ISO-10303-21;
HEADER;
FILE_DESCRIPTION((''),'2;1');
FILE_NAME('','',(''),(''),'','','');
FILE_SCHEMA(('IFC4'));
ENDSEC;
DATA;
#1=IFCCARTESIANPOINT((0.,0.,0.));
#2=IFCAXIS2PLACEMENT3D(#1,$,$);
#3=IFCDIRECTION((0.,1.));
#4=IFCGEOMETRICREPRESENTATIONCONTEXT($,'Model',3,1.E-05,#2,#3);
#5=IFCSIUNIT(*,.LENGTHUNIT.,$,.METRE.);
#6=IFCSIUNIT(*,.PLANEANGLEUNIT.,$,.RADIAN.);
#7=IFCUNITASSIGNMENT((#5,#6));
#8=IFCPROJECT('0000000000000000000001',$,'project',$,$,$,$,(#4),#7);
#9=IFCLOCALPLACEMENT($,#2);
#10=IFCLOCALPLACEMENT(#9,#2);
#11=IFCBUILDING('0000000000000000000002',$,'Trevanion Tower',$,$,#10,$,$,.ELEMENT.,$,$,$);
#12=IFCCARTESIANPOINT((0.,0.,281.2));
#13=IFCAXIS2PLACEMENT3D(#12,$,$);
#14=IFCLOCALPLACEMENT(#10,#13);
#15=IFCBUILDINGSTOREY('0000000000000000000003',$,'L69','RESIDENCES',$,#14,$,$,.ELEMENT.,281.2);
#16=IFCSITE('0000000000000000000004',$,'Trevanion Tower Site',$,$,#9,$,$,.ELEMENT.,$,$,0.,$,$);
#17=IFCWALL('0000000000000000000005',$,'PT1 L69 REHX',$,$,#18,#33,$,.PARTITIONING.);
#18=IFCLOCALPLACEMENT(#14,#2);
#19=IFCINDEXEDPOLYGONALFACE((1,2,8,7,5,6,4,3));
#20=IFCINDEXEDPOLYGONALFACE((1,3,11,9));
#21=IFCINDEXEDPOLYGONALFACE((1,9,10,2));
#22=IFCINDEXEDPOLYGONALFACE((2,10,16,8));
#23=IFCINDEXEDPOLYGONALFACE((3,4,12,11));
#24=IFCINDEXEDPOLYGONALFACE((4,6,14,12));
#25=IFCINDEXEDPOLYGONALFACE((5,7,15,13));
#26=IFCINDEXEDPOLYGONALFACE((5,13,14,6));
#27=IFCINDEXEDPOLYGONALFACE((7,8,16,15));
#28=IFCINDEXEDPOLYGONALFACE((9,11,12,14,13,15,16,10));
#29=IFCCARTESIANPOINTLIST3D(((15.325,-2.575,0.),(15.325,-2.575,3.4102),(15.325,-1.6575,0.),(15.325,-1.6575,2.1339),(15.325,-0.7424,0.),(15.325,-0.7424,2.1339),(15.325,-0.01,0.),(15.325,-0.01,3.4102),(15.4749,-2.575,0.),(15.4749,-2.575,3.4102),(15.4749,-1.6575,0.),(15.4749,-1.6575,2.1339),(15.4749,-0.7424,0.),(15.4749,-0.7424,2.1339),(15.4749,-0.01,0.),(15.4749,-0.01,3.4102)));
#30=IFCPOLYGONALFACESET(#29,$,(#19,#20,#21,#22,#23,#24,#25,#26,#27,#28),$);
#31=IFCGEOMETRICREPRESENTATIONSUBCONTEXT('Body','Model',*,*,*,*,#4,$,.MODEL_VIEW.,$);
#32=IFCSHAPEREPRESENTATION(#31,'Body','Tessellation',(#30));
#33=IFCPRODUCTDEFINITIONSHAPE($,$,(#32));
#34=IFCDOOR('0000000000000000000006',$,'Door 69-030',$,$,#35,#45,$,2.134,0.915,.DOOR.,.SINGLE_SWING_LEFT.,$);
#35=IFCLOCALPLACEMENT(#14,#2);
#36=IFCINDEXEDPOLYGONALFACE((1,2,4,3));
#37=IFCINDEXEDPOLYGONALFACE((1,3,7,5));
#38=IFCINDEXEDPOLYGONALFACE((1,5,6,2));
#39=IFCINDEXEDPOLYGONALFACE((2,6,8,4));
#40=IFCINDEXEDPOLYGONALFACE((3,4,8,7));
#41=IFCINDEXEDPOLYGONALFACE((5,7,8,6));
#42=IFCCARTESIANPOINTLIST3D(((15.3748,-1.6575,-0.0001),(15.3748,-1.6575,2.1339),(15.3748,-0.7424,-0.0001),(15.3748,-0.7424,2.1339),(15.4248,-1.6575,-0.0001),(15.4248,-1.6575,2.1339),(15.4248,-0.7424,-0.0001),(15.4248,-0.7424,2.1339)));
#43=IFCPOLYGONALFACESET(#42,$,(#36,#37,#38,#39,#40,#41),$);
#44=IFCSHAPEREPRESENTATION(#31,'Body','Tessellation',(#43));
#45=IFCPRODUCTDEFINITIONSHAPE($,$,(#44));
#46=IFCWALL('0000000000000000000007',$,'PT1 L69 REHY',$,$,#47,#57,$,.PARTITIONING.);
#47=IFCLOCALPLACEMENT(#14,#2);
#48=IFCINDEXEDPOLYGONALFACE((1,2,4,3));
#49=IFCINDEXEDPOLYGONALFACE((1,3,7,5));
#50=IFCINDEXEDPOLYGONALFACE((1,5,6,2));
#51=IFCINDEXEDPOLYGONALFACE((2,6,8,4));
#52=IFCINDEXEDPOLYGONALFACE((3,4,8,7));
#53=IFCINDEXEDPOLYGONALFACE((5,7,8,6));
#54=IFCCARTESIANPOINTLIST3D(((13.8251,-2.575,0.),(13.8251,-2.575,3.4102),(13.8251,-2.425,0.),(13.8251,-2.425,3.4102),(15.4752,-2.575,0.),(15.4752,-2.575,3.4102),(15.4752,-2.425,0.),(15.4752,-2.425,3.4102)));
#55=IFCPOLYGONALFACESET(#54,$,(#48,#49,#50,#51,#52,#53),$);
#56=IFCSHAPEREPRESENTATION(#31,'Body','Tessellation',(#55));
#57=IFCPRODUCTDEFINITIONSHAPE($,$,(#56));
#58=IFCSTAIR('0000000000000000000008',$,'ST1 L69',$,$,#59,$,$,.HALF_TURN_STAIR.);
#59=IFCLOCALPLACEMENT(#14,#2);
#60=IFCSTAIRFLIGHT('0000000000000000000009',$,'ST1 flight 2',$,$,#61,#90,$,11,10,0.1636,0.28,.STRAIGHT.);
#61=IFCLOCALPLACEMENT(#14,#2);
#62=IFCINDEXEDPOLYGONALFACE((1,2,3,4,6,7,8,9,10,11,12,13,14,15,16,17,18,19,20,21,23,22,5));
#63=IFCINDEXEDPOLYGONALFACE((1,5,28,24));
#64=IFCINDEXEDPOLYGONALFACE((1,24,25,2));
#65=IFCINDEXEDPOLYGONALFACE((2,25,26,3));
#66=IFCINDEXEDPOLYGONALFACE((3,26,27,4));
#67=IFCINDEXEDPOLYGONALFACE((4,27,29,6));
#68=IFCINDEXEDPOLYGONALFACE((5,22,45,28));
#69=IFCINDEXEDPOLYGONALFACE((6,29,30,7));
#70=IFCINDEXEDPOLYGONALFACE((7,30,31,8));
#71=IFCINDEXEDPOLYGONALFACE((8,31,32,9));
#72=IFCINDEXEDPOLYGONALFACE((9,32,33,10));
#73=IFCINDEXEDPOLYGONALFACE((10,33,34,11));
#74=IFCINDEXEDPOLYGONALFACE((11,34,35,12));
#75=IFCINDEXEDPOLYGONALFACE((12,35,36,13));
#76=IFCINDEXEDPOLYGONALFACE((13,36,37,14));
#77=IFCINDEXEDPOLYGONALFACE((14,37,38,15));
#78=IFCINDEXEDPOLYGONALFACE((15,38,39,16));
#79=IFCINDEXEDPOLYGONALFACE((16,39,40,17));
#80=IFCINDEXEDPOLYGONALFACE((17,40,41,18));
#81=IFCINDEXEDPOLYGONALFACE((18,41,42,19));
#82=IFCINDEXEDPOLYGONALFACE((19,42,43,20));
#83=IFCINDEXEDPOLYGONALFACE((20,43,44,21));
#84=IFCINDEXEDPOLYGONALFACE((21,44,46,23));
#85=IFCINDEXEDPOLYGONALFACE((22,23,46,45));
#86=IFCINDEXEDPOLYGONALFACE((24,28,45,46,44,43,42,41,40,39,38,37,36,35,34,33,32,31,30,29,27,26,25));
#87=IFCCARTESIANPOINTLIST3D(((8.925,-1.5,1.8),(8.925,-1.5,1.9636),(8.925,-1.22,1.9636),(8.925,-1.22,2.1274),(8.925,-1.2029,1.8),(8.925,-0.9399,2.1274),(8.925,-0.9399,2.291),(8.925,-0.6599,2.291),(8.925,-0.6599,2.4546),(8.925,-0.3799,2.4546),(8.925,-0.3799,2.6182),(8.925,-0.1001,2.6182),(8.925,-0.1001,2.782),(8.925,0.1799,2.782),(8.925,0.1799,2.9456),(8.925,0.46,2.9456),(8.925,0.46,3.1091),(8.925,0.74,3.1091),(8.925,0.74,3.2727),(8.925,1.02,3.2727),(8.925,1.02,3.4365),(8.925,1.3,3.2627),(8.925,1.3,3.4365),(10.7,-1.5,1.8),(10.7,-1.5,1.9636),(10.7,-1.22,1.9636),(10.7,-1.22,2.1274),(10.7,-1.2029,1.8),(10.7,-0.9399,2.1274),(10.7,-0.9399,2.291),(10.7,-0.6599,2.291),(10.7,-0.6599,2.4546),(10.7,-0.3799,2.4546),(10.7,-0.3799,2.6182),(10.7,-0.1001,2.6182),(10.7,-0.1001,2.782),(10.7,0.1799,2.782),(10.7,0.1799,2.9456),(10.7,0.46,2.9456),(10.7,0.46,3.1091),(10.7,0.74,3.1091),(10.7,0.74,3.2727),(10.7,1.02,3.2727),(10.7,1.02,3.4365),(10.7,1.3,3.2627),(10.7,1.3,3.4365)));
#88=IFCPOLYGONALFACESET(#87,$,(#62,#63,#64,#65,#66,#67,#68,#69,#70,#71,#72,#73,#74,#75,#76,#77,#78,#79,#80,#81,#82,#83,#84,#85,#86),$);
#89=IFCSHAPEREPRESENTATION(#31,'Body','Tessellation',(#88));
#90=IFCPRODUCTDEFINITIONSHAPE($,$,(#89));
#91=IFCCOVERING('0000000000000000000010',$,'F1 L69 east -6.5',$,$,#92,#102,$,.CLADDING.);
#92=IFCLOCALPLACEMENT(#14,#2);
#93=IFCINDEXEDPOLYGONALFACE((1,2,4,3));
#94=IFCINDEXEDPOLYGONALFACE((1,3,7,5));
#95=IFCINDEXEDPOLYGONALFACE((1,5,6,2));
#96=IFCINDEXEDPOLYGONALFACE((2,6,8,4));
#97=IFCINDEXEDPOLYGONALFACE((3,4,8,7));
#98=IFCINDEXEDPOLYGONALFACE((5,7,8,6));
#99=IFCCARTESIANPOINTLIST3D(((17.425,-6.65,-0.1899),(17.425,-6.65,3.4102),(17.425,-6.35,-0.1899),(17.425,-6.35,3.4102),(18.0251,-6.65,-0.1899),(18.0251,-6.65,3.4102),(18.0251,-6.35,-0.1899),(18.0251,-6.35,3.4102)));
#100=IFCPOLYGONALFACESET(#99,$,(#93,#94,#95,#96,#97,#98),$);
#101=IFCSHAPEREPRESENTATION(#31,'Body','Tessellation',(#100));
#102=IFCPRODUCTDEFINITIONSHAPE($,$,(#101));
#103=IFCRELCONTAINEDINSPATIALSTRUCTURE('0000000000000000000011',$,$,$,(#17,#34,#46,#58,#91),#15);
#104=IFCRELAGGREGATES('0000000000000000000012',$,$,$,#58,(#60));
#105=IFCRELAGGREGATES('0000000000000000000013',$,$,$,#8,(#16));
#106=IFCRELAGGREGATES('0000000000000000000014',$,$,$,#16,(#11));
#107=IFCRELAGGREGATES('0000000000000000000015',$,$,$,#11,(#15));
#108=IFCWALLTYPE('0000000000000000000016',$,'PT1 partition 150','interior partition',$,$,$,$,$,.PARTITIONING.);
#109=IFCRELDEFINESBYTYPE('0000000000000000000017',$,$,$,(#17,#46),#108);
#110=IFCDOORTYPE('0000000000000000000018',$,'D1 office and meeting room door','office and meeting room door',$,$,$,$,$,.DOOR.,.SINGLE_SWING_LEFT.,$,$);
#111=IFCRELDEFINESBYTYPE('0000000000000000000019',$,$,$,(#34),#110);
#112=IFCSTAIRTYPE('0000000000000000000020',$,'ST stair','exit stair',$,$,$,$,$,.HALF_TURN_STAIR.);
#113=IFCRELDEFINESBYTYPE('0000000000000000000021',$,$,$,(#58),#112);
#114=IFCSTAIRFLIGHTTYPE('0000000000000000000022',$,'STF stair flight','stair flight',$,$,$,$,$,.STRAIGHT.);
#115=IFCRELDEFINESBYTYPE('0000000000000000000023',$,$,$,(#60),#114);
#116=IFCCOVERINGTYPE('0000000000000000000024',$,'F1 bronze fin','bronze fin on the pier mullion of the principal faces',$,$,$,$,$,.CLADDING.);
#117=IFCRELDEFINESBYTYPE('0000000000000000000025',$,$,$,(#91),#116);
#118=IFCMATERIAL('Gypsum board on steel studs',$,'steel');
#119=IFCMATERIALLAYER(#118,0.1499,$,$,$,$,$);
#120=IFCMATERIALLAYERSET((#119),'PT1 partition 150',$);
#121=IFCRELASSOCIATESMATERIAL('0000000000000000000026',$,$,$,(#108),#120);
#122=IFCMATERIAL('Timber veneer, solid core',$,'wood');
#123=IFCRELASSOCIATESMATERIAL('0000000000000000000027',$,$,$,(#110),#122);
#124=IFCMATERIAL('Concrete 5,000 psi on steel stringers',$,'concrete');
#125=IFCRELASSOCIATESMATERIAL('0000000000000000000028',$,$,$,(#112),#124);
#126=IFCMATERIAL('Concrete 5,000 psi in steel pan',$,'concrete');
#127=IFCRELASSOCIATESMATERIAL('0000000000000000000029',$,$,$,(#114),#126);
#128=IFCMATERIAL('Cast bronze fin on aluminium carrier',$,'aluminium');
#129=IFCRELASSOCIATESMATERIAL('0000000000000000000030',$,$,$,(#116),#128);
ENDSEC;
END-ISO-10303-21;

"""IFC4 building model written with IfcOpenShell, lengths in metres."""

from ifc_helpers import new_model, si_unit, direction, frame, frame_2d, origin, origin_2d, place, context, subcontext, project, spatial, polyline, rectangle, outline, extrude, material, layer, layer_set, type_object, element, fill, aggregate, save


model = new_model("IFC4")

# Units and contexts
model_context = context("Model", 3, precision=1e-05, world=origin(), true_north=direction((0.0, 1.0)))
body_context = subcontext(model_context, "Body", "Model", "MODEL_VIEW")
ifc_project = project(units=[si_unit("LENGTHUNIT", "METRE"), si_unit("PLANEANGLEUNIT", "RADIAN")], contexts=[model_context])

# Site, building, storey
site_placement = place(None, origin())
site = spatial("IfcSite", under=ifc_project, at=site_placement, Name="Trevanion Tower Site", CompositionType="ELEMENT", RefElevation=0.0)
building_placement = place(site_placement, origin())
building = spatial("IfcBuilding", under=site, at=building_placement, Name="Trevanion Tower", CompositionType="ELEMENT")
storey_placement = place(building_placement, frame((0.0, 0.0, 281.2)))
storey = spatial("IfcBuildingStorey", under=building, at=storey_placement, Name="L69", Description="RESIDENCES", CompositionType="ELEMENT", Elevation=281.2)

# Shared definitions
ifc_material_1 = material(Name="Gypsum board on steel studs", Category="steel")
ifc_layer_1 = layer(ifc_material_1, 0.1499)
ifc_layer_set_1 = layer_set([ifc_layer_1], Name="PT1 partition 150")
wall_type = type_object("IfcWallType", Name="PT1 partition 150", Description="interior partition", PredefinedType="PARTITIONING", material=ifc_layer_set_1)
ifc_material_2 = material(Name="Timber veneer, solid core", Category="wood")
door_type_1 = type_object("IfcDoorType", Name="D1 office and meeting room door", Description="office and meeting room door", OperationType="SINGLE_SWING_LEFT", PredefinedType="DOOR", material=ifc_material_2)

# Wall, opening, door
wall_1_placement = place(storey_placement, frame((15.3999, -0.01, 0.0), z_axis=(0.0, 0.0, 1.0), x_axis=(0.0, -1.0, 0.0)))
wall_1 = element("IfcWall", 1, at=wall_1_placement, inside=storey, type_object=wall_type, Name="PT1 L69 REHX", PredefinedType="PARTITIONING", context=body_context, shape_type="SweptSolid", body=[
    extrude(rectangle(XDim=2.5649, YDim=0.1499, at=frame_2d((1.2825, 0.0))), origin(), (0.0, 0.0, 1.0), 3.4102),
])
opening_1_placement = place(wall_1_placement, frame((0.7324, 0.0, 0.0)))
opening_1 = element("IfcOpeningElement", 2, at=opening_1_placement, cuts=wall_1, PredefinedType="OPENING", context=body_context, shape_type="SweptSolid", body=[
    extrude(rectangle(XDim=0.915, YDim=2.134, at=frame_2d((0.4575, 1.0669))), frame((0.0, 0.085, 0.0), z_axis=(0.0, -1.0, 0.0), x_axis=(1.0, 0.0, 0.0)), (0.0, 0.0, 1.0), 0.1699),
])
door_1_placement = place(opening_1_placement, origin())
door_1 = element("IfcDoor", 3, at=door_1_placement, inside=storey, type_object=door_type_1, Name="Door 69-030", OperationType="SINGLE_SWING_LEFT", OverallHeight=2.134, OverallWidth=0.915, PredefinedType="DOOR", context=body_context, shape_type="SweptSolid", body=[
    extrude(rectangle(XDim=0.915, YDim=2.134, at=frame_2d((0.4575, 1.0669))), frame((0.0, 0.0249, 0.0), z_axis=(0.0, -1.0, 0.0), x_axis=(1.0, 0.0, 0.0)), (0.0, 0.0, 1.0), 0.05),
])
fill(opening_1, door_1)

# Wall
wall_2_placement = place(storey_placement, frame((13.825, -2.5, 0.0), z_axis=(0.0, 0.0, 1.0), x_axis=(1.0, 0.0, 0.0)))
element("IfcWall", 4, at=wall_2_placement, inside=storey, type_object=wall_type, Name="PT1 L69 REHY", PredefinedType="PARTITIONING", context=body_context, shape_type="SweptSolid", body=[
    extrude(rectangle(XDim=1.6501, YDim=0.1499, at=frame_2d((0.8252, 0.0))), origin(), (0.0, 0.0, 1.0), 3.4102),
])

# Stair, stair flight
ifc_material_3 = material(Name="Concrete 5,000 psi on steel stringers", Category="concrete")
stair_type = type_object("IfcStairType", Name="ST stair", Description="exit stair", PredefinedType="HALF_TURN_STAIR", material=ifc_material_3)
stair_placement = place(storey_placement, origin())
stair = element("IfcStair", 5, at=stair_placement, inside=storey, type_object=stair_type, Name="ST1 L69", PredefinedType="HALF_TURN_STAIR")
ifc_material_4 = material(Name="Concrete 5,000 psi in steel pan", Category="concrete")
stair_flight_type = type_object("IfcStairFlightType", Name="STF stair flight", Description="stair flight", PredefinedType="STRAIGHT", material=ifc_material_4)
stair_flight_placement = place(storey_placement, frame((9.8125, -1.5, 1.8), z_axis=(0.0, 0.0, 1.0), x_axis=(0.0, 1.0, 0.0)))
stair_flight = element("IfcStairFlight", 6, at=stair_flight_placement, type_object=stair_flight_type, Name="ST1 flight 2", NumberOfRisers=11, NumberOfTreads=10, PredefinedType="STRAIGHT", RiserHeight=0.1636, TreadLength=0.28, context=body_context, shape_type="SweptSolid", body=[
    extrude(outline(polyline([(0.0, 0.0), (0.0, 0.1636), (0.28, 0.1636), (0.28, 0.3274), (0.5601, 0.3274), (0.5601, 0.491), (0.8401, 0.491), (0.8401, 0.6545), (1.1201, 0.6545), (1.1201, 0.8181), (1.3999, 0.8181), (1.3999, 0.9819), (1.6799, 0.9819), (1.6799, 1.1455), (1.96, 1.1455), (1.96, 1.3091), (2.24, 1.3091), (2.24, 1.4727), (2.52, 1.4727), (2.52, 1.6365), (2.8, 1.6365), (2.8, 1.8), (2.8, 1.4626), (0.2971, 0.0), (0.0, 0.0)])), frame((0.0, 0.8875, 0.0), z_axis=(0.0, -1.0, 0.0), x_axis=(1.0, 0.0, 0.0)), (0.0, 0.0, 1.0), 1.7749),
])
aggregate(stair, [stair_flight])

# Covering
ifc_material_5 = material(Name="Cast bronze fin on aluminium carrier", Category="aluminium")
covering_type = type_object("IfcCoveringType", Name="F1 bronze fin", Description="bronze fin on the pier mullion of the principal faces", PredefinedType="CLADDING", material=ifc_material_5)
covering_placement = place(storey_placement, frame((17.7251, -6.5, -0.1899), z_axis=(0.0, 0.0, 1.0), x_axis=(0.0, 1.0, 0.0)))
element("IfcCovering", 7, at=covering_placement, inside=storey, type_object=covering_type, Name="F1 L69 east -6.5", PredefinedType="CLADDING", context=body_context, shape_type="SweptSolid", body=[
    extrude(rectangle(XDim=0.3, YDim=0.6001, at=origin_2d()), origin(), (0.0, 0.0, 1.0), 3.6001),
])

save(model, "model.ifc")
